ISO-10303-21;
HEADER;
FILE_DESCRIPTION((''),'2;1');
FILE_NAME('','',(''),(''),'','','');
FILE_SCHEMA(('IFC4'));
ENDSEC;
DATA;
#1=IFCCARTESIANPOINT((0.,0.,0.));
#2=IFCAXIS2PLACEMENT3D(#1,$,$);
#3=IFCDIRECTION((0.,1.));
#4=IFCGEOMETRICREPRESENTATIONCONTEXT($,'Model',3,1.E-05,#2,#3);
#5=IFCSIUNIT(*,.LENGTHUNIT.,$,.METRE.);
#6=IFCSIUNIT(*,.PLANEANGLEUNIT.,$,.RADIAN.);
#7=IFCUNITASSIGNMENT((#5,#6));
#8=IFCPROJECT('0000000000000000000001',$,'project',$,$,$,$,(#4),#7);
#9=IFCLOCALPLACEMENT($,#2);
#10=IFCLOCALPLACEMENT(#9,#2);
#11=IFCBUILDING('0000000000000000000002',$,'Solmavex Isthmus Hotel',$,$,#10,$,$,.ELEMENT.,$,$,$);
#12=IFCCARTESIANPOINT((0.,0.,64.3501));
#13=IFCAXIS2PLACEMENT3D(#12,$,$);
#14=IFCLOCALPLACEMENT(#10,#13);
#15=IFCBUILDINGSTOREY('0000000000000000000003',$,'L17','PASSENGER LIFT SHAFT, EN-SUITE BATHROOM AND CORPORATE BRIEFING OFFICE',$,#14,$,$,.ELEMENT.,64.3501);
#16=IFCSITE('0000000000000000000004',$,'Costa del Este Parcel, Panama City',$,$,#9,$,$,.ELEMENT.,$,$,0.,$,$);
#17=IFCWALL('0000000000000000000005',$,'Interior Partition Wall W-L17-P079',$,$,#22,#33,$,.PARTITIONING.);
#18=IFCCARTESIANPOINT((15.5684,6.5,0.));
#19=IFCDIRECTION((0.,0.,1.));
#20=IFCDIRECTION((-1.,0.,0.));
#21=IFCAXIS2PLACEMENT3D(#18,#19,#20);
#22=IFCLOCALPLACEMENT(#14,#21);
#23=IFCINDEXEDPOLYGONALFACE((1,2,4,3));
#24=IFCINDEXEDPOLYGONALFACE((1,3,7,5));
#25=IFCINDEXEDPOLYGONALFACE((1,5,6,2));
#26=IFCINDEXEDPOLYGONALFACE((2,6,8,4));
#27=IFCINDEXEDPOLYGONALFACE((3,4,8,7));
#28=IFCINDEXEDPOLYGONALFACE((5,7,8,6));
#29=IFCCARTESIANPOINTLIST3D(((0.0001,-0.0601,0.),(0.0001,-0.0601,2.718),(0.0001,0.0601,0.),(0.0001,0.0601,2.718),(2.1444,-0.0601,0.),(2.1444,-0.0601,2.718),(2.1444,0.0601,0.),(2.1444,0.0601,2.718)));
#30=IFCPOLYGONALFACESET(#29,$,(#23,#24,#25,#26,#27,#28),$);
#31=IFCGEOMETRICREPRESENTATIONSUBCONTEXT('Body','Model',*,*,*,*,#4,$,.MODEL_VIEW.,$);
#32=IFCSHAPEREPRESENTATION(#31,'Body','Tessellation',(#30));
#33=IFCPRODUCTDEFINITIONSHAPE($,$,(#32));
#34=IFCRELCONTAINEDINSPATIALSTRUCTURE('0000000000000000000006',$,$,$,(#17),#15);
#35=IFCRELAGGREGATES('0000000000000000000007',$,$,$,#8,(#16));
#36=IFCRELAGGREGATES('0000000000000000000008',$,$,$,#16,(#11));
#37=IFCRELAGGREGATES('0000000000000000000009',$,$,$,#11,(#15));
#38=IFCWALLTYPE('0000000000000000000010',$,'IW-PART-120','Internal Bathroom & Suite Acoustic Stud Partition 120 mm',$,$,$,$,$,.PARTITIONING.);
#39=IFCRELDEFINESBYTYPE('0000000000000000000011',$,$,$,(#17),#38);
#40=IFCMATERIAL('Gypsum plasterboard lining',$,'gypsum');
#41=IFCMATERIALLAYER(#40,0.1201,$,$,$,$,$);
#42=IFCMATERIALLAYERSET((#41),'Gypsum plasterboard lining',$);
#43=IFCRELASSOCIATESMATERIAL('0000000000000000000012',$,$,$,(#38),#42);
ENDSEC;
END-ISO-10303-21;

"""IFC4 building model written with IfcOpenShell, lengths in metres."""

from ifc_helpers import new_model, si_unit, direction, frame, frame_2d, origin, place, context, subcontext, project, spatial, rectangle, extrude, material, layer, layer_set, type_object, element, save


model = new_model("IFC4")

# Units and contexts
model_context = context("Model", 3, precision=1e-05, world=origin(), true_north=direction((0.0, 1.0)))
body_context = subcontext(model_context, "Body", "Model", "MODEL_VIEW")
ifc_project = project(units=[si_unit("LENGTHUNIT", "METRE"), si_unit("PLANEANGLEUNIT", "RADIAN")], contexts=[model_context])

# Site, building, storey
site_placement = place(None, origin())
site = spatial("IfcSite", under=ifc_project, at=site_placement, Name="Costa del Este Parcel, Panama City", CompositionType="ELEMENT", RefElevation=0.0)
building_placement = place(site_placement, origin())
building = spatial("IfcBuilding", under=site, at=building_placement, Name="Solmavex Isthmus Hotel", CompositionType="ELEMENT")
storey_placement = place(building_placement, frame((0.0, 0.0, 64.3501)))
storey = spatial("IfcBuildingStorey", under=building, at=storey_placement, Name="L17", Description="PASSENGER LIFT SHAFT, EN-SUITE BATHROOM AND CORPORATE BRIEFING OFFICE", CompositionType="ELEMENT", Elevation=64.3501)

# Shared definitions
ifc_material_1 = material(Name="Gypsum plasterboard lining", Category="gypsum")

# Shared definitions
ifc_layer_1 = layer(ifc_material_1, 0.1201)
ifc_layer_set_1 = layer_set([ifc_layer_1], Name="Gypsum plasterboard lining")
wall_type_1 = type_object("IfcWallType", Name="IW-PART-120", Description="Internal Bathroom & Suite Acoustic Stud Partition 120 mm", PredefinedType="PARTITIONING", material=ifc_layer_set_1)

# Wall
wall_1_placement = place(storey_placement, frame((15.5684, 6.5, 0.0), z_axis=(0.0, 0.0, 1.0), x_axis=(-1.0, 0.0, 0.0)))
element("IfcWall", 1, at=wall_1_placement, inside=storey, type_object=wall_type_1, Name="Interior Partition Wall W-L17-P079", PredefinedType="PARTITIONING", context=body_context, shape_type="SweptSolid", body=[
    extrude(rectangle(XDim=2.1443, YDim=0.1201, at=frame_2d((1.0723, 0.0))), origin(), (0.0, 0.0, 1.0), 2.718),
])

save(model, "model.ifc")
